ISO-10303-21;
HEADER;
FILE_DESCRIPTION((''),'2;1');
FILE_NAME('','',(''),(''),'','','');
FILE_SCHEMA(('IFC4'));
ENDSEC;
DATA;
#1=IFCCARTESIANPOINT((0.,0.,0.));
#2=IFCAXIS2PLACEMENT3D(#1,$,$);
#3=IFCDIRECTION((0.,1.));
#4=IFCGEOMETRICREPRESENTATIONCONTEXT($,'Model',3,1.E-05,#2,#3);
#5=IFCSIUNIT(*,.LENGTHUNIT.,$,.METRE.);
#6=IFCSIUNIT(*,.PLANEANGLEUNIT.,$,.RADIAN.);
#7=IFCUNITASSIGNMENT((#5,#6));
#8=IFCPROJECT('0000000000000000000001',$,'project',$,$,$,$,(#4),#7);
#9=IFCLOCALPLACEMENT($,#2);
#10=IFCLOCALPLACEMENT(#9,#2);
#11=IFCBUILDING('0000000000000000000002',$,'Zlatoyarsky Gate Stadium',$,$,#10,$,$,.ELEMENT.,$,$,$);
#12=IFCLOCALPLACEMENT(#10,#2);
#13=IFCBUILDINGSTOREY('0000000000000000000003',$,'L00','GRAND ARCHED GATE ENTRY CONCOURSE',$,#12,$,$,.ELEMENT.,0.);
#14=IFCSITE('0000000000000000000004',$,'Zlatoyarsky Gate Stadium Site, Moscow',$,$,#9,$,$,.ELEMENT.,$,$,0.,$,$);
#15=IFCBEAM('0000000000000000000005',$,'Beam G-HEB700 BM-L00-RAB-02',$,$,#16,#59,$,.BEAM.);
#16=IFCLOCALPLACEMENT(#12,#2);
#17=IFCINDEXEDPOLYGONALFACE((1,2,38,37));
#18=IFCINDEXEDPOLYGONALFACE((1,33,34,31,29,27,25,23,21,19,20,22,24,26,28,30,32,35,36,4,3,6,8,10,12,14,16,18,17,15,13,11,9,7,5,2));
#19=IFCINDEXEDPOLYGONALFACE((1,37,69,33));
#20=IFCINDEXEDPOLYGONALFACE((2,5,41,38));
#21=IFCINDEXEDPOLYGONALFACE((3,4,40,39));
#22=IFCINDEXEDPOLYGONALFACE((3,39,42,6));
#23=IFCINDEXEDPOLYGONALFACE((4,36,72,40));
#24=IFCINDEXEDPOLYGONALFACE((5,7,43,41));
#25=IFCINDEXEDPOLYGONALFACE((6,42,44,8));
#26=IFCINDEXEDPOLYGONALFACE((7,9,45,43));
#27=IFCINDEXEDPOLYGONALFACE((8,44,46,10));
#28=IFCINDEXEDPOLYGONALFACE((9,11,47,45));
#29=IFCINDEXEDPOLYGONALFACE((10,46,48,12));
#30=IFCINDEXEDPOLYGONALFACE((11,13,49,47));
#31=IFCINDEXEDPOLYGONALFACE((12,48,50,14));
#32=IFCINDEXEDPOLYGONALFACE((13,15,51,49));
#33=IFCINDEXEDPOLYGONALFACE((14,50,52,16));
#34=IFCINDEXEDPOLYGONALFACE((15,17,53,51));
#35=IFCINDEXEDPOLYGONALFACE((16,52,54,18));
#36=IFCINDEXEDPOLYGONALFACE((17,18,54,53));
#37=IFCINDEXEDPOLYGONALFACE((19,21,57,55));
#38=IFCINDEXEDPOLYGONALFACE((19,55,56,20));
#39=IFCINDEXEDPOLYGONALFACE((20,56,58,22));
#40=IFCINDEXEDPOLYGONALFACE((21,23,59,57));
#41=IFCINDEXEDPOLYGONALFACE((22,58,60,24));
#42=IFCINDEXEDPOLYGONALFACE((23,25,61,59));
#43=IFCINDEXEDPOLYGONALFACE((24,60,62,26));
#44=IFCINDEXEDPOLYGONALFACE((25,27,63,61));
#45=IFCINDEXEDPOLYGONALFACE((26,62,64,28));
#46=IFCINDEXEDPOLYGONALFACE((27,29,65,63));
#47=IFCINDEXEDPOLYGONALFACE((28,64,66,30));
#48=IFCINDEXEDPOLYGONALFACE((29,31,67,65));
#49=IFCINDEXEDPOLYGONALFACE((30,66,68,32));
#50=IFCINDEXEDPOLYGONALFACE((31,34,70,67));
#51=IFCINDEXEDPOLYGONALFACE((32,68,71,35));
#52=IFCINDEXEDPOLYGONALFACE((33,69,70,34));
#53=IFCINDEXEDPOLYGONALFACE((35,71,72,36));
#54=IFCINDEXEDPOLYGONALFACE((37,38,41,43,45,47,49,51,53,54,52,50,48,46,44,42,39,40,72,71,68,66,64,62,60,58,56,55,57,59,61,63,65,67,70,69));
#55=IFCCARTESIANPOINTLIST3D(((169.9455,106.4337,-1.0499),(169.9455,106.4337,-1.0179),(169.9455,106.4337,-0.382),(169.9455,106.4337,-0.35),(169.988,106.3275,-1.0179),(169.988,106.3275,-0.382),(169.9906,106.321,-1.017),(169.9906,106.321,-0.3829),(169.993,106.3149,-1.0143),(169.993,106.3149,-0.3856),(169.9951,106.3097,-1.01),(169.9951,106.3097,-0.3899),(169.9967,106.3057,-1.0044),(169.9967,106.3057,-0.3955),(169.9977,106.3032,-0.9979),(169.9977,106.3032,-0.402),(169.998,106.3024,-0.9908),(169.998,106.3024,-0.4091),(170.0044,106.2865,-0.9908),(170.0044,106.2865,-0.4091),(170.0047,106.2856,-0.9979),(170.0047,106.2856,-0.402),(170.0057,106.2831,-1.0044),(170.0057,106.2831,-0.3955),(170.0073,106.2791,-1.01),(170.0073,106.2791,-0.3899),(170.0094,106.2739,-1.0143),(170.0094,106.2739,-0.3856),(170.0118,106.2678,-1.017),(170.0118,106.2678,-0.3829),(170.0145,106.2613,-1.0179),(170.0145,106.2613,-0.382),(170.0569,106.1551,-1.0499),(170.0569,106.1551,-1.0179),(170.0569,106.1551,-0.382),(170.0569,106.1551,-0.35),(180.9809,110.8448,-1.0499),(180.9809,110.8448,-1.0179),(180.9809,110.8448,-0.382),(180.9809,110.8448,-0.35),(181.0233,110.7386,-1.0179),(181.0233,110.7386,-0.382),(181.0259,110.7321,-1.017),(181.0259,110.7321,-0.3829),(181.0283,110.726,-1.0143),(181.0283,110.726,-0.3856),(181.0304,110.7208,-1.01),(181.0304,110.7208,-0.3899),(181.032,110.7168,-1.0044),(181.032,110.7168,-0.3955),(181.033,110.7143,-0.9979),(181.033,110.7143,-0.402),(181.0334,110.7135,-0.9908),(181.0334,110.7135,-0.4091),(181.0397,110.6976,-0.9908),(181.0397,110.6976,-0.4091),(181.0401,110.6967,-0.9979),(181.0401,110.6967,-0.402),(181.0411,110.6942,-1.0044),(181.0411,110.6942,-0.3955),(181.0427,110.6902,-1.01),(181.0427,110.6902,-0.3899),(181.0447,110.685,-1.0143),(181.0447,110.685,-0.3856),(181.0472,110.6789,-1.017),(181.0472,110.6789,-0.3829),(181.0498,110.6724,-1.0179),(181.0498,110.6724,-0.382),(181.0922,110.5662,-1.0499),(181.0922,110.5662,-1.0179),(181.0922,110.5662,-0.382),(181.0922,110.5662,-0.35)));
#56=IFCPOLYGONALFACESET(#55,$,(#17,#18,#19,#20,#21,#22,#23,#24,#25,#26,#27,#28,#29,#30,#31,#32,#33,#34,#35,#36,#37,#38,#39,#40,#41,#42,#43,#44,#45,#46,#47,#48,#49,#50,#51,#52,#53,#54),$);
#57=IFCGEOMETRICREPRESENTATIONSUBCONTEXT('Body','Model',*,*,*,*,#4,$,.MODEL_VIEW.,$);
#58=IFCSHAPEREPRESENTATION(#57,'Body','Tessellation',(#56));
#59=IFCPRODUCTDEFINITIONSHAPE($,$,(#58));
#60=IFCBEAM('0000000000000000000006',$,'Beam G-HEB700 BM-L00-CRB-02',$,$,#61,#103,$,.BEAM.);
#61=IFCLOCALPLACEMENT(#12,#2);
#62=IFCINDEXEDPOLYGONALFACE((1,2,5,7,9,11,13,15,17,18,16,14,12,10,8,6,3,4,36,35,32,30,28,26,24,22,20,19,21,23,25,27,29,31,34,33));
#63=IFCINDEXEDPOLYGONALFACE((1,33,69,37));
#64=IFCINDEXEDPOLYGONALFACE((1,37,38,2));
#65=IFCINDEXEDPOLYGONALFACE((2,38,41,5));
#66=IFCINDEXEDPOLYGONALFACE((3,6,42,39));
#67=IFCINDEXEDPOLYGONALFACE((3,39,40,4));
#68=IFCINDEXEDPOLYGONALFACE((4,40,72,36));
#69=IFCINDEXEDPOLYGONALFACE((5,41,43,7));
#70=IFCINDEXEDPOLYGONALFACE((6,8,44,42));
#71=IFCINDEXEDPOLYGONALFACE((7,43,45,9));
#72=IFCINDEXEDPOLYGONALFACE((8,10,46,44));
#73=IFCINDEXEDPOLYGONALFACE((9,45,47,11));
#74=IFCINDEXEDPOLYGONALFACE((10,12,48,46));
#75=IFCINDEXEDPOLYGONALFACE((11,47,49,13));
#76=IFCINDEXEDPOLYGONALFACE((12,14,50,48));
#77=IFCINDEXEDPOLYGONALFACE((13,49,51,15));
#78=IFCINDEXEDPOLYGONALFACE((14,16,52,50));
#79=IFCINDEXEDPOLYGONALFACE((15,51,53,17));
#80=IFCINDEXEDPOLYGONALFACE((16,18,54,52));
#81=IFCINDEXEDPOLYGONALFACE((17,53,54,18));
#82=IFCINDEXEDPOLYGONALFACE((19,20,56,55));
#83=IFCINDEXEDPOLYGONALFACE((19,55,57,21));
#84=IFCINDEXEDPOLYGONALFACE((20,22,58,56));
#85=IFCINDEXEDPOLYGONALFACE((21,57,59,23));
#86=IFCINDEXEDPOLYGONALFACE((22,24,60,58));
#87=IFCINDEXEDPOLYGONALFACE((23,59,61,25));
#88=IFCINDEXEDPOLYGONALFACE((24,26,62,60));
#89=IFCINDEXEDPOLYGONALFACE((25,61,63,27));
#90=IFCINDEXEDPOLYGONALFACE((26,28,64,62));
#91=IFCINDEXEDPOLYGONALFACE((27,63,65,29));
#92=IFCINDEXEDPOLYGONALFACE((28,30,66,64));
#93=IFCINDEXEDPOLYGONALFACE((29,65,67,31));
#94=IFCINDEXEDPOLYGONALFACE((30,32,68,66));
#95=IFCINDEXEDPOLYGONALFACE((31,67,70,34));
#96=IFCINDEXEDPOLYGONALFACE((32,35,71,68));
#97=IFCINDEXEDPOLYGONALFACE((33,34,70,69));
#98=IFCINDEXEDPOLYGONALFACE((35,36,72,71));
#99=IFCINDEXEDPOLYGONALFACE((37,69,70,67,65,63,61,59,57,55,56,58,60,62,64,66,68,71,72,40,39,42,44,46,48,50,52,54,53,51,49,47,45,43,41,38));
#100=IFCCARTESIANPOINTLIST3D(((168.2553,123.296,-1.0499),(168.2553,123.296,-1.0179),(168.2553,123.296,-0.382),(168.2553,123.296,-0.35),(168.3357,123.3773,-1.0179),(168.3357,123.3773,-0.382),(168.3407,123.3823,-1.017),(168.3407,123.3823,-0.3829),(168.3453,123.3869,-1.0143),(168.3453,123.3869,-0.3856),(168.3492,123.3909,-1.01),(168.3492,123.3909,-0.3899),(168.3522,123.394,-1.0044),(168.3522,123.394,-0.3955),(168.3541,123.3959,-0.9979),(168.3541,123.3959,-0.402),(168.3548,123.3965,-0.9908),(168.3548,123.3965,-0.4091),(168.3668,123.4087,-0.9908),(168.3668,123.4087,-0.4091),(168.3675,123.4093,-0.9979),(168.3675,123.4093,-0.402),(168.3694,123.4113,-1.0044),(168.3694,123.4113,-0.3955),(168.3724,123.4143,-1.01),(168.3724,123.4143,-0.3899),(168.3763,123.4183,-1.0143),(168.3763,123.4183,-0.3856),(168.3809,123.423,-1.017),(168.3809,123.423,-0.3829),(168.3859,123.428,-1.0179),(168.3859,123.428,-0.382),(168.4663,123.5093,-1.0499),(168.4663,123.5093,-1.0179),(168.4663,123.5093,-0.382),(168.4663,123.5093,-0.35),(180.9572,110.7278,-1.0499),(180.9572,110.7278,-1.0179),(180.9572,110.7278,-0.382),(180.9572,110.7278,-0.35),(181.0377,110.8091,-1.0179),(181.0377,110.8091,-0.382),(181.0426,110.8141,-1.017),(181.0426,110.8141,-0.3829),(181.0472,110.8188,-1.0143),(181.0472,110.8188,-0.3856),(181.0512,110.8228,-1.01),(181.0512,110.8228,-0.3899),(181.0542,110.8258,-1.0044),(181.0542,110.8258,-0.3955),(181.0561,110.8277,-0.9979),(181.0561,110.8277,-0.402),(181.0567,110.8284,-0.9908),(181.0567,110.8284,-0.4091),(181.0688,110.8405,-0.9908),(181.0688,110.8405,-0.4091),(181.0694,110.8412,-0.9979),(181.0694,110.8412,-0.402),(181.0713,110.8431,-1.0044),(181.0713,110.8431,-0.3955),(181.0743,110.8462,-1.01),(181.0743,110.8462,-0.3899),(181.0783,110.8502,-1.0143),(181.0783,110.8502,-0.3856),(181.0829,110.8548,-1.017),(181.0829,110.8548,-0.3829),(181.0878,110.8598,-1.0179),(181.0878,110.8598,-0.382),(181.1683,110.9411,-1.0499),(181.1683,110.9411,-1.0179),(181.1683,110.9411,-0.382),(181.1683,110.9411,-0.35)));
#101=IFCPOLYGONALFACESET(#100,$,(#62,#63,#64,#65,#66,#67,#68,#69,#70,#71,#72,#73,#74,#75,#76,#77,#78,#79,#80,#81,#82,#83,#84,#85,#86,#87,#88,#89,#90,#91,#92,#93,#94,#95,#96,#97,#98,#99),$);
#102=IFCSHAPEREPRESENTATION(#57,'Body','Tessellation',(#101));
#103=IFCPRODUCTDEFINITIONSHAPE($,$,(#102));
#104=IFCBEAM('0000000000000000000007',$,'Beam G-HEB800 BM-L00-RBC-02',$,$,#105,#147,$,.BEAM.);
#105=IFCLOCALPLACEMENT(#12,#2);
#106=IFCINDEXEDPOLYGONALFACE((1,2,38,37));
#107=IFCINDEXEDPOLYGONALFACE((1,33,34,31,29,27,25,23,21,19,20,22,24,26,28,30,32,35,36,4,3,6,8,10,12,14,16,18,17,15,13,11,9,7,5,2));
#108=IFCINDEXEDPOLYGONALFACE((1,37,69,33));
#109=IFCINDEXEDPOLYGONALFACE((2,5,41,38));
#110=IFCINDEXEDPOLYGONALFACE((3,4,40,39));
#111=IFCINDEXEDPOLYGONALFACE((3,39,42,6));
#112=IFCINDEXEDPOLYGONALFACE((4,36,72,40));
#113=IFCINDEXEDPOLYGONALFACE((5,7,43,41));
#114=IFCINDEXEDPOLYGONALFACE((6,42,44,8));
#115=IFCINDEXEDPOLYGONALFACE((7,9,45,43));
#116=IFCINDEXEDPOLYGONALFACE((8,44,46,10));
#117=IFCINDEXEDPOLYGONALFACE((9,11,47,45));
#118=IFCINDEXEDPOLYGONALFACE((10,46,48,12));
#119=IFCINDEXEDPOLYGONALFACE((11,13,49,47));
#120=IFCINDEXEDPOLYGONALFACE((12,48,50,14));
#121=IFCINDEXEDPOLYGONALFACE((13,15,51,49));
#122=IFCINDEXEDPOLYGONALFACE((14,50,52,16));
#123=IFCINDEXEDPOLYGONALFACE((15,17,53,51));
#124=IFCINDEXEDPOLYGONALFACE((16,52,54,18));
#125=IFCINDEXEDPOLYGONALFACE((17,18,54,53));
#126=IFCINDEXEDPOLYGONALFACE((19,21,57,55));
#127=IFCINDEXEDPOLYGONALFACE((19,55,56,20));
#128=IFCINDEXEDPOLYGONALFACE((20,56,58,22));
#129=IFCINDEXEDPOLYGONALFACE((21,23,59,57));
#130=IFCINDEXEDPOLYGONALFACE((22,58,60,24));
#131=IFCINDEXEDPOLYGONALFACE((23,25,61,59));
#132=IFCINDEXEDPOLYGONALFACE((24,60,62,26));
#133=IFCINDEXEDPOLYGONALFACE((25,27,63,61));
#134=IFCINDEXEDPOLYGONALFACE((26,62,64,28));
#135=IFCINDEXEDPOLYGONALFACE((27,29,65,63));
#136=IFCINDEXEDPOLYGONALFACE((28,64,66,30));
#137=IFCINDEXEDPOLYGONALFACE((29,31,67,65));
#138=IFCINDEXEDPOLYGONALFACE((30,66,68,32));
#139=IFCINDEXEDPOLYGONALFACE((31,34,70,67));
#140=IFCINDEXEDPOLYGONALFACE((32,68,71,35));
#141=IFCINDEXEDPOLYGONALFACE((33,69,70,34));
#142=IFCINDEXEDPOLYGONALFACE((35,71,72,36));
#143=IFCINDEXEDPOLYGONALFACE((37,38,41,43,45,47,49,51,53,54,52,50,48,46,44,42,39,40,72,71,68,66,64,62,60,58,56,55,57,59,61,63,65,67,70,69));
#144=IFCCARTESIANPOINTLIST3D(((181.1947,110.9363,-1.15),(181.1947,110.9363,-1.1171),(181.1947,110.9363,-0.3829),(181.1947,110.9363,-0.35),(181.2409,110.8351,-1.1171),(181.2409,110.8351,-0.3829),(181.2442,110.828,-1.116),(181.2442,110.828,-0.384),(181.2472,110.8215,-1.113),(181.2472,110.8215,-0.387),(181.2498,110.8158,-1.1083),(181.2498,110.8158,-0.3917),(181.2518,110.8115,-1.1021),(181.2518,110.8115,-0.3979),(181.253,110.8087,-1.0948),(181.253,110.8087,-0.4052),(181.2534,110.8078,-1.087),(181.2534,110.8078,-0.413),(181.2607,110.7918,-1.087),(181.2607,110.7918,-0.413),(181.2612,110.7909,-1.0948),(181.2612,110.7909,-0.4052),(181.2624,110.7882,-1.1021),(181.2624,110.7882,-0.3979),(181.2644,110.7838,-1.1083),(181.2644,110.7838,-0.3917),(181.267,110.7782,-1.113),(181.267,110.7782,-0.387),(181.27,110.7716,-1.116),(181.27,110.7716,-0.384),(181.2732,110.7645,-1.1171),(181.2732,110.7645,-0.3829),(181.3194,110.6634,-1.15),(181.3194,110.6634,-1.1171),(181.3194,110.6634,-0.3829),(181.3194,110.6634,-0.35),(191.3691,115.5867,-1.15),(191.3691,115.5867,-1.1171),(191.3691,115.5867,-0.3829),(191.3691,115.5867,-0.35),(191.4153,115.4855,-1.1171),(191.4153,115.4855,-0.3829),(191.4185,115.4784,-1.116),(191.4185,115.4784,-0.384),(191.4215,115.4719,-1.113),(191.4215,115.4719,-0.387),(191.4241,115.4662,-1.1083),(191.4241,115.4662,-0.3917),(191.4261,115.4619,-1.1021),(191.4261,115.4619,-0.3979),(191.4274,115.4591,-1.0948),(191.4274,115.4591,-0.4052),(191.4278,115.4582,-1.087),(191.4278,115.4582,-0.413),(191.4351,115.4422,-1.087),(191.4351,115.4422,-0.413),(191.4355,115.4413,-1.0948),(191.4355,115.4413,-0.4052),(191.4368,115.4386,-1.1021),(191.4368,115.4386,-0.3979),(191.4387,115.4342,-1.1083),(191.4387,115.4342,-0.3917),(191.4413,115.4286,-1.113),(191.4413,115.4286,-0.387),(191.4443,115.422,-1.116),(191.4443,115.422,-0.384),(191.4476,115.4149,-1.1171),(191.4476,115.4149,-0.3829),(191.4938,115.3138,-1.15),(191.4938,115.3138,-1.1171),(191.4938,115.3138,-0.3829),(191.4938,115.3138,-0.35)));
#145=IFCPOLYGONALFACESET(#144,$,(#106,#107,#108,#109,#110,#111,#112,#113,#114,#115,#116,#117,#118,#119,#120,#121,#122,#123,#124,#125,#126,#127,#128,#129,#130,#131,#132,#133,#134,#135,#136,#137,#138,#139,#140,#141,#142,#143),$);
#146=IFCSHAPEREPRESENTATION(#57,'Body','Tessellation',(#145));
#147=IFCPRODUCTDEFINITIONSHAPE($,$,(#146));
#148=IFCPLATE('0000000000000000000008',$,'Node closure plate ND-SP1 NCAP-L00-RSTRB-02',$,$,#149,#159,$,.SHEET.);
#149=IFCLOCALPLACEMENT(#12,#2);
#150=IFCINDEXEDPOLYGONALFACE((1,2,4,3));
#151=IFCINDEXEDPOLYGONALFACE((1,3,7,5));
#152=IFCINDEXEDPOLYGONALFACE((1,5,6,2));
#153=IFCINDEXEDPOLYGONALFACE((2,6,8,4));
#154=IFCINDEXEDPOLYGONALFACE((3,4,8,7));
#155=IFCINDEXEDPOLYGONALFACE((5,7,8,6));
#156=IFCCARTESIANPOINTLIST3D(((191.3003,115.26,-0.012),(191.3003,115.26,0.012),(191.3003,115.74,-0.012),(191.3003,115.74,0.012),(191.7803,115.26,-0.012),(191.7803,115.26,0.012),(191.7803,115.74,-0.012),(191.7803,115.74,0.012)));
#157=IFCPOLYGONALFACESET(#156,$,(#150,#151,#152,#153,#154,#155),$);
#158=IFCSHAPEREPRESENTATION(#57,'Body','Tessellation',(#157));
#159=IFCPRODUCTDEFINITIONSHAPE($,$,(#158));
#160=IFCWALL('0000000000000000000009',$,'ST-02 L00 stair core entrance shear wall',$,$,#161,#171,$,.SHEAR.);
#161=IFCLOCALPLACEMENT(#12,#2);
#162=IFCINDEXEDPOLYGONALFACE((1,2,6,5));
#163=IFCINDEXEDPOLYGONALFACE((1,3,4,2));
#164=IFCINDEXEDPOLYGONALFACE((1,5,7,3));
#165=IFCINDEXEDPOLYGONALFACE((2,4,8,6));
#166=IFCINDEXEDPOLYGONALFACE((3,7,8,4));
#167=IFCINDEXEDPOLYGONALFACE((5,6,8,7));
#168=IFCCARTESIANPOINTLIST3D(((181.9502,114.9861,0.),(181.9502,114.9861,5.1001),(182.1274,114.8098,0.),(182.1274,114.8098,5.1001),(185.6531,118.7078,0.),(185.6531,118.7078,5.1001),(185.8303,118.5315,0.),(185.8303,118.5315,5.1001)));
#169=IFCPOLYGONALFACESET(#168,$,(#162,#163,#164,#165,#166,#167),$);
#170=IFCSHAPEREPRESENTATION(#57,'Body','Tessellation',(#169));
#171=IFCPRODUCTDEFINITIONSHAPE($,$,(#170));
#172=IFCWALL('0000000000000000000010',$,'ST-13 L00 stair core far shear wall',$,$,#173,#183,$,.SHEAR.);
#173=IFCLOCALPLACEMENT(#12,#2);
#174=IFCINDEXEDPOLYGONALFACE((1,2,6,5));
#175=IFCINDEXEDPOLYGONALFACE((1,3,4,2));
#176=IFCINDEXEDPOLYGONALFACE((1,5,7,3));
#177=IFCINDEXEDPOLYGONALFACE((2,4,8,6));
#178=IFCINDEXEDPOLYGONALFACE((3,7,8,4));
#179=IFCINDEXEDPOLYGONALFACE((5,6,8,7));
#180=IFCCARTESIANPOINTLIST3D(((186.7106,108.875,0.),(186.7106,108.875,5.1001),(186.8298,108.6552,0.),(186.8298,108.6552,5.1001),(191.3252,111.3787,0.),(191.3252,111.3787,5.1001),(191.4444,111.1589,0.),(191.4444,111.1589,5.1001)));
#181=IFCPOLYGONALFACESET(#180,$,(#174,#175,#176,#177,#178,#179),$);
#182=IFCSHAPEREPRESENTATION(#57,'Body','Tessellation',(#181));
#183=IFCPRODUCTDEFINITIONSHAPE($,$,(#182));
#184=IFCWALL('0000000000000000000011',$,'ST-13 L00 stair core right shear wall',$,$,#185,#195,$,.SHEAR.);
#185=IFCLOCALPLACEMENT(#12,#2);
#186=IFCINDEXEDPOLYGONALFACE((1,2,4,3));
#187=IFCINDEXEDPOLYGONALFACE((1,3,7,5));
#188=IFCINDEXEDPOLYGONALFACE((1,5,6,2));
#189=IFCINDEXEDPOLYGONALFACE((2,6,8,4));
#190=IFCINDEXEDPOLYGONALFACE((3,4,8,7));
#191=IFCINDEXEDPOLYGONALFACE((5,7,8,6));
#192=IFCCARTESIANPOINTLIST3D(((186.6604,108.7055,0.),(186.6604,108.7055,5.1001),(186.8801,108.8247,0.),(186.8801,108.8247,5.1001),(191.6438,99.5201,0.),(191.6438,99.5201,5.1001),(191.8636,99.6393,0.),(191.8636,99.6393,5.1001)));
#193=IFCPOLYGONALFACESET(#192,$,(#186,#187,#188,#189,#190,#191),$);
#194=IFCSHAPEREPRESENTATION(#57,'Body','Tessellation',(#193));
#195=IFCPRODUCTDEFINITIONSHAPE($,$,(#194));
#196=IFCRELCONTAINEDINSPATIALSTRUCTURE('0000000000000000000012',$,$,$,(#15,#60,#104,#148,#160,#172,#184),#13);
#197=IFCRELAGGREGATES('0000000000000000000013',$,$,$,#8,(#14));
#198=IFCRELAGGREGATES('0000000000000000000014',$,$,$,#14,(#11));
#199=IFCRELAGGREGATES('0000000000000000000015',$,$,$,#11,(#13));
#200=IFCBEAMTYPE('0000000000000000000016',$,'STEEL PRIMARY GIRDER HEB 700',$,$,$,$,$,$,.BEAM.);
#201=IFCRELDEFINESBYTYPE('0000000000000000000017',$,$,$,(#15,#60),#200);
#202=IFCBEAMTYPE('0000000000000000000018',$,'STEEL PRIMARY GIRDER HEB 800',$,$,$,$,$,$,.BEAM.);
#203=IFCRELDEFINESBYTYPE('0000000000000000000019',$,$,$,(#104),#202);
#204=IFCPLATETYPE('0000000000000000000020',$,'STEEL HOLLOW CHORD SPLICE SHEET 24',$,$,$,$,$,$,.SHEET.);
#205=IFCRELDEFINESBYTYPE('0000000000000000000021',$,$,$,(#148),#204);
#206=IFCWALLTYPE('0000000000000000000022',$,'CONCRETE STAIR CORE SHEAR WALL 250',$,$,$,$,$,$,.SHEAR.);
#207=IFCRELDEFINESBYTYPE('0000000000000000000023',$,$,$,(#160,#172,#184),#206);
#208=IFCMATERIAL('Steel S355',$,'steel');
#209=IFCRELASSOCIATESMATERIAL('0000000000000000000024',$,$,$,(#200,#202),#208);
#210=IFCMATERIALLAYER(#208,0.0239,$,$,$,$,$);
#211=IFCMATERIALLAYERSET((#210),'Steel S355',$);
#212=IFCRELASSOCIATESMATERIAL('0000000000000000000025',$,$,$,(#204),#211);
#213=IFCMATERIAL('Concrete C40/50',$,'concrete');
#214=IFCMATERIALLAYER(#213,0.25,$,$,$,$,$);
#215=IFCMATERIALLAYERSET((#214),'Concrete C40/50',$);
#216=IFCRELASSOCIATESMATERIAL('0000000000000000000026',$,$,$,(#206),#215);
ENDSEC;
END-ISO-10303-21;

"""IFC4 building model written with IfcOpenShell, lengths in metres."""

from ifc_helpers import new_model, si_unit, direction, frame, frame_2d, origin, origin_2d, place, context, subcontext, project, spatial, rectangle, i_section, extrude, material, layer, layer_set, material_profile, profile_set, type_object, element, save


model = new_model("IFC4")

# Units and contexts
model_context = context("Model", 3, precision=1e-05, world=origin(), true_north=direction((0.0, 1.0)))
body_context = subcontext(model_context, "Body", "Model", "MODEL_VIEW")
ifc_project = project(units=[si_unit("LENGTHUNIT", "METRE"), si_unit("PLANEANGLEUNIT", "RADIAN")], contexts=[model_context])

# Site, building, storey
site_placement = place(None, origin())
site = spatial("IfcSite", under=ifc_project, at=site_placement, Name="Zlatoyarsky Gate Stadium Site, Moscow", CompositionType="ELEMENT", RefElevation=0.0)
building_placement = place(site_placement, origin())
building = spatial("IfcBuilding", under=site, at=building_placement, Name="Zlatoyarsky Gate Stadium", CompositionType="ELEMENT")
storey_placement = place(building_placement, origin())
storey = spatial("IfcBuildingStorey", under=building, at=storey_placement, Name="L00", Description="GRAND ARCHED GATE ENTRY CONCOURSE", CompositionType="ELEMENT", Elevation=0.0)

# Shared definitions
ifc_material_1 = material(Name="Concrete C40/50", Category="concrete")

# Shared definitions
ifc_material_2 = material(Name="Steel S355", Category="steel")

# Beams
ifc_material_profile_1 = material_profile(ifc_material_2, i_section(OverallWidth=0.3, OverallDepth=0.7, WebThickness=0.0171, FlangeThickness=0.032, FilletRadius=0.0271, at=origin_2d()), Name="HEB 700")
ifc_profile_set_1 = profile_set([ifc_material_profile_1], Name="Steel S355")
beam_type_1 = type_object("IfcBeamType", Name="STEEL PRIMARY GIRDER HEB 700", PredefinedType="BEAM", material=ifc_profile_set_1)
beam_1_placement = place(storey_placement, frame((170.0012, 106.2944, -0.7), z_axis=(0.928565, 0.371171, 0.0), x_axis=(-0.371171, 0.928565, 0.0)))
element("IfcBeam", 1, at=beam_1_placement, inside=storey, type_object=beam_type_1, Name="Beam G-HEB700 BM-L00-RAB-02", PredefinedType="BEAM", context=body_context, shape_type="SweptSolid", body=[
    extrude(i_section(OverallWidth=0.3, OverallDepth=0.7, WebThickness=0.0171, FlangeThickness=0.032, FilletRadius=0.0271, at=origin_2d()), origin(), (0.0, 0.0, 1.0), 11.8843),
])
beam_2_placement = place(storey_placement, frame((181.0627, 110.8345, -0.7), z_axis=(-0.710841, 0.703353, 0.0), x_axis=(-0.703353, -0.710841, 0.0)))
element("IfcBeam", 2, at=beam_2_placement, inside=storey, type_object=beam_type_1, Name="Beam G-HEB700 BM-L00-CRB-02", PredefinedType="BEAM", context=body_context, shape_type="SweptSolid", body=[
    extrude(i_section(OverallWidth=0.3, OverallDepth=0.7, WebThickness=0.0171, FlangeThickness=0.032, FilletRadius=0.0271, at=origin_2d()), origin(), (0.0, 0.0, 1.0), 17.8689),
])
ifc_material_profile_2 = material_profile(ifc_material_2, i_section(OverallWidth=0.3, OverallDepth=0.8, WebThickness=0.0176, FlangeThickness=0.033, FilletRadius=0.03, at=origin_2d()), Name="HEB 800")
ifc_profile_set_2 = profile_set([ifc_material_profile_2], Name="Steel S355")
beam_type_2 = type_object("IfcBeamType", Name="STEEL PRIMARY GIRDER HEB 800", PredefinedType="BEAM", material=ifc_profile_set_2)
beam_3_placement = place(storey_placement, frame((181.2571, 110.7998, -0.75), z_axis=(0.909499, 0.415706, 0.0), x_axis=(-0.415706, 0.909499, 0.0)))
element("IfcBeam", 3, at=beam_3_placement, inside=storey, type_object=beam_type_2, Name="Beam G-HEB800 BM-L00-RBC-02", PredefinedType="BEAM", context=body_context, shape_type="SweptSolid", body=[
    extrude(i_section(OverallWidth=0.3, OverallDepth=0.8, WebThickness=0.0176, FlangeThickness=0.033, FilletRadius=0.03, at=origin_2d()), origin(), (0.0, 0.0, 1.0), 11.1868),
])

# Plate
ifc_layer_1 = layer(ifc_material_2, 0.0239)
ifc_layer_set_1 = layer_set([ifc_layer_1], Name="Steel S355")
plate_type = type_object("IfcPlateType", Name="STEEL HOLLOW CHORD SPLICE SHEET 24", PredefinedType="SHEET", material=ifc_layer_set_1)
plate_placement = place(storey_placement, frame((191.5403, 115.5, -0.012), z_axis=(0.0, 0.0, 1.0), x_axis=(1.0, 0.0, 0.0)))
element("IfcPlate", 4, at=plate_placement, inside=storey, type_object=plate_type, Name="Node closure plate ND-SP1 NCAP-L00-RSTRB-02", PredefinedType="SHEET", context=body_context, shape_type="SweptSolid", body=[
    extrude(rectangle(XDim=0.48, YDim=0.48, at=origin_2d()), origin(), (0.0, 0.0, 1.0), 0.0239),
])

# Walls
ifc_layer_2 = layer(ifc_material_1, 0.25)
ifc_layer_set_2 = layer_set([ifc_layer_2], Name="Concrete C40/50")
wall_type_1 = type_object("IfcWallType", Name="CONCRETE STAIR CORE SHEAR WALL 250", PredefinedType="SHEAR", material=ifc_layer_set_2)
for number, where, z_axis, x_axis, name in (
    (5, (182.0388, 114.8979, 0.0), (0.0, 0.0, 1.0), (0.705314, 0.708895, 0.0), "ST-02 L00 stair core entrance shear wall"),
    (6, (191.3848, 111.2688, 0.0), (0.0, 0.0, 1.0), (-0.878961, -0.476893, 0.0), "ST-13 L00 stair core far shear wall"),
):
    element("IfcWall", number, at=place(storey_placement, frame(where, z_axis=z_axis, x_axis=x_axis)), inside=storey, type_object=wall_type_1, Name=name, PredefinedType="SHEAR", context=body_context, shape_type="SweptSolid", body=[
        extrude(rectangle(XDim=5.25, YDim=0.25, at=frame_2d((2.625, 0.0))), origin(), (0.0, 0.0, 1.0), 5.1001),
    ])
wall_1_placement = place(storey_placement, frame((186.7703, 108.7651, 0.0), z_axis=(0.0, 0.0, 1.0), x_axis=(0.476877, -0.87897, 0.0)))
element("IfcWall", 7, at=wall_1_placement, inside=storey, type_object=wall_type_1, Name="ST-13 L00 stair core right shear wall", PredefinedType="SHEAR", context=body_context, shape_type="SweptSolid", body=[
    extrude(rectangle(XDim=10.4502, YDim=0.25, at=frame_2d((5.2251, 0.0))), origin(), (0.0, 0.0, 1.0), 5.1001),
])

save(model, "model.ifc")
